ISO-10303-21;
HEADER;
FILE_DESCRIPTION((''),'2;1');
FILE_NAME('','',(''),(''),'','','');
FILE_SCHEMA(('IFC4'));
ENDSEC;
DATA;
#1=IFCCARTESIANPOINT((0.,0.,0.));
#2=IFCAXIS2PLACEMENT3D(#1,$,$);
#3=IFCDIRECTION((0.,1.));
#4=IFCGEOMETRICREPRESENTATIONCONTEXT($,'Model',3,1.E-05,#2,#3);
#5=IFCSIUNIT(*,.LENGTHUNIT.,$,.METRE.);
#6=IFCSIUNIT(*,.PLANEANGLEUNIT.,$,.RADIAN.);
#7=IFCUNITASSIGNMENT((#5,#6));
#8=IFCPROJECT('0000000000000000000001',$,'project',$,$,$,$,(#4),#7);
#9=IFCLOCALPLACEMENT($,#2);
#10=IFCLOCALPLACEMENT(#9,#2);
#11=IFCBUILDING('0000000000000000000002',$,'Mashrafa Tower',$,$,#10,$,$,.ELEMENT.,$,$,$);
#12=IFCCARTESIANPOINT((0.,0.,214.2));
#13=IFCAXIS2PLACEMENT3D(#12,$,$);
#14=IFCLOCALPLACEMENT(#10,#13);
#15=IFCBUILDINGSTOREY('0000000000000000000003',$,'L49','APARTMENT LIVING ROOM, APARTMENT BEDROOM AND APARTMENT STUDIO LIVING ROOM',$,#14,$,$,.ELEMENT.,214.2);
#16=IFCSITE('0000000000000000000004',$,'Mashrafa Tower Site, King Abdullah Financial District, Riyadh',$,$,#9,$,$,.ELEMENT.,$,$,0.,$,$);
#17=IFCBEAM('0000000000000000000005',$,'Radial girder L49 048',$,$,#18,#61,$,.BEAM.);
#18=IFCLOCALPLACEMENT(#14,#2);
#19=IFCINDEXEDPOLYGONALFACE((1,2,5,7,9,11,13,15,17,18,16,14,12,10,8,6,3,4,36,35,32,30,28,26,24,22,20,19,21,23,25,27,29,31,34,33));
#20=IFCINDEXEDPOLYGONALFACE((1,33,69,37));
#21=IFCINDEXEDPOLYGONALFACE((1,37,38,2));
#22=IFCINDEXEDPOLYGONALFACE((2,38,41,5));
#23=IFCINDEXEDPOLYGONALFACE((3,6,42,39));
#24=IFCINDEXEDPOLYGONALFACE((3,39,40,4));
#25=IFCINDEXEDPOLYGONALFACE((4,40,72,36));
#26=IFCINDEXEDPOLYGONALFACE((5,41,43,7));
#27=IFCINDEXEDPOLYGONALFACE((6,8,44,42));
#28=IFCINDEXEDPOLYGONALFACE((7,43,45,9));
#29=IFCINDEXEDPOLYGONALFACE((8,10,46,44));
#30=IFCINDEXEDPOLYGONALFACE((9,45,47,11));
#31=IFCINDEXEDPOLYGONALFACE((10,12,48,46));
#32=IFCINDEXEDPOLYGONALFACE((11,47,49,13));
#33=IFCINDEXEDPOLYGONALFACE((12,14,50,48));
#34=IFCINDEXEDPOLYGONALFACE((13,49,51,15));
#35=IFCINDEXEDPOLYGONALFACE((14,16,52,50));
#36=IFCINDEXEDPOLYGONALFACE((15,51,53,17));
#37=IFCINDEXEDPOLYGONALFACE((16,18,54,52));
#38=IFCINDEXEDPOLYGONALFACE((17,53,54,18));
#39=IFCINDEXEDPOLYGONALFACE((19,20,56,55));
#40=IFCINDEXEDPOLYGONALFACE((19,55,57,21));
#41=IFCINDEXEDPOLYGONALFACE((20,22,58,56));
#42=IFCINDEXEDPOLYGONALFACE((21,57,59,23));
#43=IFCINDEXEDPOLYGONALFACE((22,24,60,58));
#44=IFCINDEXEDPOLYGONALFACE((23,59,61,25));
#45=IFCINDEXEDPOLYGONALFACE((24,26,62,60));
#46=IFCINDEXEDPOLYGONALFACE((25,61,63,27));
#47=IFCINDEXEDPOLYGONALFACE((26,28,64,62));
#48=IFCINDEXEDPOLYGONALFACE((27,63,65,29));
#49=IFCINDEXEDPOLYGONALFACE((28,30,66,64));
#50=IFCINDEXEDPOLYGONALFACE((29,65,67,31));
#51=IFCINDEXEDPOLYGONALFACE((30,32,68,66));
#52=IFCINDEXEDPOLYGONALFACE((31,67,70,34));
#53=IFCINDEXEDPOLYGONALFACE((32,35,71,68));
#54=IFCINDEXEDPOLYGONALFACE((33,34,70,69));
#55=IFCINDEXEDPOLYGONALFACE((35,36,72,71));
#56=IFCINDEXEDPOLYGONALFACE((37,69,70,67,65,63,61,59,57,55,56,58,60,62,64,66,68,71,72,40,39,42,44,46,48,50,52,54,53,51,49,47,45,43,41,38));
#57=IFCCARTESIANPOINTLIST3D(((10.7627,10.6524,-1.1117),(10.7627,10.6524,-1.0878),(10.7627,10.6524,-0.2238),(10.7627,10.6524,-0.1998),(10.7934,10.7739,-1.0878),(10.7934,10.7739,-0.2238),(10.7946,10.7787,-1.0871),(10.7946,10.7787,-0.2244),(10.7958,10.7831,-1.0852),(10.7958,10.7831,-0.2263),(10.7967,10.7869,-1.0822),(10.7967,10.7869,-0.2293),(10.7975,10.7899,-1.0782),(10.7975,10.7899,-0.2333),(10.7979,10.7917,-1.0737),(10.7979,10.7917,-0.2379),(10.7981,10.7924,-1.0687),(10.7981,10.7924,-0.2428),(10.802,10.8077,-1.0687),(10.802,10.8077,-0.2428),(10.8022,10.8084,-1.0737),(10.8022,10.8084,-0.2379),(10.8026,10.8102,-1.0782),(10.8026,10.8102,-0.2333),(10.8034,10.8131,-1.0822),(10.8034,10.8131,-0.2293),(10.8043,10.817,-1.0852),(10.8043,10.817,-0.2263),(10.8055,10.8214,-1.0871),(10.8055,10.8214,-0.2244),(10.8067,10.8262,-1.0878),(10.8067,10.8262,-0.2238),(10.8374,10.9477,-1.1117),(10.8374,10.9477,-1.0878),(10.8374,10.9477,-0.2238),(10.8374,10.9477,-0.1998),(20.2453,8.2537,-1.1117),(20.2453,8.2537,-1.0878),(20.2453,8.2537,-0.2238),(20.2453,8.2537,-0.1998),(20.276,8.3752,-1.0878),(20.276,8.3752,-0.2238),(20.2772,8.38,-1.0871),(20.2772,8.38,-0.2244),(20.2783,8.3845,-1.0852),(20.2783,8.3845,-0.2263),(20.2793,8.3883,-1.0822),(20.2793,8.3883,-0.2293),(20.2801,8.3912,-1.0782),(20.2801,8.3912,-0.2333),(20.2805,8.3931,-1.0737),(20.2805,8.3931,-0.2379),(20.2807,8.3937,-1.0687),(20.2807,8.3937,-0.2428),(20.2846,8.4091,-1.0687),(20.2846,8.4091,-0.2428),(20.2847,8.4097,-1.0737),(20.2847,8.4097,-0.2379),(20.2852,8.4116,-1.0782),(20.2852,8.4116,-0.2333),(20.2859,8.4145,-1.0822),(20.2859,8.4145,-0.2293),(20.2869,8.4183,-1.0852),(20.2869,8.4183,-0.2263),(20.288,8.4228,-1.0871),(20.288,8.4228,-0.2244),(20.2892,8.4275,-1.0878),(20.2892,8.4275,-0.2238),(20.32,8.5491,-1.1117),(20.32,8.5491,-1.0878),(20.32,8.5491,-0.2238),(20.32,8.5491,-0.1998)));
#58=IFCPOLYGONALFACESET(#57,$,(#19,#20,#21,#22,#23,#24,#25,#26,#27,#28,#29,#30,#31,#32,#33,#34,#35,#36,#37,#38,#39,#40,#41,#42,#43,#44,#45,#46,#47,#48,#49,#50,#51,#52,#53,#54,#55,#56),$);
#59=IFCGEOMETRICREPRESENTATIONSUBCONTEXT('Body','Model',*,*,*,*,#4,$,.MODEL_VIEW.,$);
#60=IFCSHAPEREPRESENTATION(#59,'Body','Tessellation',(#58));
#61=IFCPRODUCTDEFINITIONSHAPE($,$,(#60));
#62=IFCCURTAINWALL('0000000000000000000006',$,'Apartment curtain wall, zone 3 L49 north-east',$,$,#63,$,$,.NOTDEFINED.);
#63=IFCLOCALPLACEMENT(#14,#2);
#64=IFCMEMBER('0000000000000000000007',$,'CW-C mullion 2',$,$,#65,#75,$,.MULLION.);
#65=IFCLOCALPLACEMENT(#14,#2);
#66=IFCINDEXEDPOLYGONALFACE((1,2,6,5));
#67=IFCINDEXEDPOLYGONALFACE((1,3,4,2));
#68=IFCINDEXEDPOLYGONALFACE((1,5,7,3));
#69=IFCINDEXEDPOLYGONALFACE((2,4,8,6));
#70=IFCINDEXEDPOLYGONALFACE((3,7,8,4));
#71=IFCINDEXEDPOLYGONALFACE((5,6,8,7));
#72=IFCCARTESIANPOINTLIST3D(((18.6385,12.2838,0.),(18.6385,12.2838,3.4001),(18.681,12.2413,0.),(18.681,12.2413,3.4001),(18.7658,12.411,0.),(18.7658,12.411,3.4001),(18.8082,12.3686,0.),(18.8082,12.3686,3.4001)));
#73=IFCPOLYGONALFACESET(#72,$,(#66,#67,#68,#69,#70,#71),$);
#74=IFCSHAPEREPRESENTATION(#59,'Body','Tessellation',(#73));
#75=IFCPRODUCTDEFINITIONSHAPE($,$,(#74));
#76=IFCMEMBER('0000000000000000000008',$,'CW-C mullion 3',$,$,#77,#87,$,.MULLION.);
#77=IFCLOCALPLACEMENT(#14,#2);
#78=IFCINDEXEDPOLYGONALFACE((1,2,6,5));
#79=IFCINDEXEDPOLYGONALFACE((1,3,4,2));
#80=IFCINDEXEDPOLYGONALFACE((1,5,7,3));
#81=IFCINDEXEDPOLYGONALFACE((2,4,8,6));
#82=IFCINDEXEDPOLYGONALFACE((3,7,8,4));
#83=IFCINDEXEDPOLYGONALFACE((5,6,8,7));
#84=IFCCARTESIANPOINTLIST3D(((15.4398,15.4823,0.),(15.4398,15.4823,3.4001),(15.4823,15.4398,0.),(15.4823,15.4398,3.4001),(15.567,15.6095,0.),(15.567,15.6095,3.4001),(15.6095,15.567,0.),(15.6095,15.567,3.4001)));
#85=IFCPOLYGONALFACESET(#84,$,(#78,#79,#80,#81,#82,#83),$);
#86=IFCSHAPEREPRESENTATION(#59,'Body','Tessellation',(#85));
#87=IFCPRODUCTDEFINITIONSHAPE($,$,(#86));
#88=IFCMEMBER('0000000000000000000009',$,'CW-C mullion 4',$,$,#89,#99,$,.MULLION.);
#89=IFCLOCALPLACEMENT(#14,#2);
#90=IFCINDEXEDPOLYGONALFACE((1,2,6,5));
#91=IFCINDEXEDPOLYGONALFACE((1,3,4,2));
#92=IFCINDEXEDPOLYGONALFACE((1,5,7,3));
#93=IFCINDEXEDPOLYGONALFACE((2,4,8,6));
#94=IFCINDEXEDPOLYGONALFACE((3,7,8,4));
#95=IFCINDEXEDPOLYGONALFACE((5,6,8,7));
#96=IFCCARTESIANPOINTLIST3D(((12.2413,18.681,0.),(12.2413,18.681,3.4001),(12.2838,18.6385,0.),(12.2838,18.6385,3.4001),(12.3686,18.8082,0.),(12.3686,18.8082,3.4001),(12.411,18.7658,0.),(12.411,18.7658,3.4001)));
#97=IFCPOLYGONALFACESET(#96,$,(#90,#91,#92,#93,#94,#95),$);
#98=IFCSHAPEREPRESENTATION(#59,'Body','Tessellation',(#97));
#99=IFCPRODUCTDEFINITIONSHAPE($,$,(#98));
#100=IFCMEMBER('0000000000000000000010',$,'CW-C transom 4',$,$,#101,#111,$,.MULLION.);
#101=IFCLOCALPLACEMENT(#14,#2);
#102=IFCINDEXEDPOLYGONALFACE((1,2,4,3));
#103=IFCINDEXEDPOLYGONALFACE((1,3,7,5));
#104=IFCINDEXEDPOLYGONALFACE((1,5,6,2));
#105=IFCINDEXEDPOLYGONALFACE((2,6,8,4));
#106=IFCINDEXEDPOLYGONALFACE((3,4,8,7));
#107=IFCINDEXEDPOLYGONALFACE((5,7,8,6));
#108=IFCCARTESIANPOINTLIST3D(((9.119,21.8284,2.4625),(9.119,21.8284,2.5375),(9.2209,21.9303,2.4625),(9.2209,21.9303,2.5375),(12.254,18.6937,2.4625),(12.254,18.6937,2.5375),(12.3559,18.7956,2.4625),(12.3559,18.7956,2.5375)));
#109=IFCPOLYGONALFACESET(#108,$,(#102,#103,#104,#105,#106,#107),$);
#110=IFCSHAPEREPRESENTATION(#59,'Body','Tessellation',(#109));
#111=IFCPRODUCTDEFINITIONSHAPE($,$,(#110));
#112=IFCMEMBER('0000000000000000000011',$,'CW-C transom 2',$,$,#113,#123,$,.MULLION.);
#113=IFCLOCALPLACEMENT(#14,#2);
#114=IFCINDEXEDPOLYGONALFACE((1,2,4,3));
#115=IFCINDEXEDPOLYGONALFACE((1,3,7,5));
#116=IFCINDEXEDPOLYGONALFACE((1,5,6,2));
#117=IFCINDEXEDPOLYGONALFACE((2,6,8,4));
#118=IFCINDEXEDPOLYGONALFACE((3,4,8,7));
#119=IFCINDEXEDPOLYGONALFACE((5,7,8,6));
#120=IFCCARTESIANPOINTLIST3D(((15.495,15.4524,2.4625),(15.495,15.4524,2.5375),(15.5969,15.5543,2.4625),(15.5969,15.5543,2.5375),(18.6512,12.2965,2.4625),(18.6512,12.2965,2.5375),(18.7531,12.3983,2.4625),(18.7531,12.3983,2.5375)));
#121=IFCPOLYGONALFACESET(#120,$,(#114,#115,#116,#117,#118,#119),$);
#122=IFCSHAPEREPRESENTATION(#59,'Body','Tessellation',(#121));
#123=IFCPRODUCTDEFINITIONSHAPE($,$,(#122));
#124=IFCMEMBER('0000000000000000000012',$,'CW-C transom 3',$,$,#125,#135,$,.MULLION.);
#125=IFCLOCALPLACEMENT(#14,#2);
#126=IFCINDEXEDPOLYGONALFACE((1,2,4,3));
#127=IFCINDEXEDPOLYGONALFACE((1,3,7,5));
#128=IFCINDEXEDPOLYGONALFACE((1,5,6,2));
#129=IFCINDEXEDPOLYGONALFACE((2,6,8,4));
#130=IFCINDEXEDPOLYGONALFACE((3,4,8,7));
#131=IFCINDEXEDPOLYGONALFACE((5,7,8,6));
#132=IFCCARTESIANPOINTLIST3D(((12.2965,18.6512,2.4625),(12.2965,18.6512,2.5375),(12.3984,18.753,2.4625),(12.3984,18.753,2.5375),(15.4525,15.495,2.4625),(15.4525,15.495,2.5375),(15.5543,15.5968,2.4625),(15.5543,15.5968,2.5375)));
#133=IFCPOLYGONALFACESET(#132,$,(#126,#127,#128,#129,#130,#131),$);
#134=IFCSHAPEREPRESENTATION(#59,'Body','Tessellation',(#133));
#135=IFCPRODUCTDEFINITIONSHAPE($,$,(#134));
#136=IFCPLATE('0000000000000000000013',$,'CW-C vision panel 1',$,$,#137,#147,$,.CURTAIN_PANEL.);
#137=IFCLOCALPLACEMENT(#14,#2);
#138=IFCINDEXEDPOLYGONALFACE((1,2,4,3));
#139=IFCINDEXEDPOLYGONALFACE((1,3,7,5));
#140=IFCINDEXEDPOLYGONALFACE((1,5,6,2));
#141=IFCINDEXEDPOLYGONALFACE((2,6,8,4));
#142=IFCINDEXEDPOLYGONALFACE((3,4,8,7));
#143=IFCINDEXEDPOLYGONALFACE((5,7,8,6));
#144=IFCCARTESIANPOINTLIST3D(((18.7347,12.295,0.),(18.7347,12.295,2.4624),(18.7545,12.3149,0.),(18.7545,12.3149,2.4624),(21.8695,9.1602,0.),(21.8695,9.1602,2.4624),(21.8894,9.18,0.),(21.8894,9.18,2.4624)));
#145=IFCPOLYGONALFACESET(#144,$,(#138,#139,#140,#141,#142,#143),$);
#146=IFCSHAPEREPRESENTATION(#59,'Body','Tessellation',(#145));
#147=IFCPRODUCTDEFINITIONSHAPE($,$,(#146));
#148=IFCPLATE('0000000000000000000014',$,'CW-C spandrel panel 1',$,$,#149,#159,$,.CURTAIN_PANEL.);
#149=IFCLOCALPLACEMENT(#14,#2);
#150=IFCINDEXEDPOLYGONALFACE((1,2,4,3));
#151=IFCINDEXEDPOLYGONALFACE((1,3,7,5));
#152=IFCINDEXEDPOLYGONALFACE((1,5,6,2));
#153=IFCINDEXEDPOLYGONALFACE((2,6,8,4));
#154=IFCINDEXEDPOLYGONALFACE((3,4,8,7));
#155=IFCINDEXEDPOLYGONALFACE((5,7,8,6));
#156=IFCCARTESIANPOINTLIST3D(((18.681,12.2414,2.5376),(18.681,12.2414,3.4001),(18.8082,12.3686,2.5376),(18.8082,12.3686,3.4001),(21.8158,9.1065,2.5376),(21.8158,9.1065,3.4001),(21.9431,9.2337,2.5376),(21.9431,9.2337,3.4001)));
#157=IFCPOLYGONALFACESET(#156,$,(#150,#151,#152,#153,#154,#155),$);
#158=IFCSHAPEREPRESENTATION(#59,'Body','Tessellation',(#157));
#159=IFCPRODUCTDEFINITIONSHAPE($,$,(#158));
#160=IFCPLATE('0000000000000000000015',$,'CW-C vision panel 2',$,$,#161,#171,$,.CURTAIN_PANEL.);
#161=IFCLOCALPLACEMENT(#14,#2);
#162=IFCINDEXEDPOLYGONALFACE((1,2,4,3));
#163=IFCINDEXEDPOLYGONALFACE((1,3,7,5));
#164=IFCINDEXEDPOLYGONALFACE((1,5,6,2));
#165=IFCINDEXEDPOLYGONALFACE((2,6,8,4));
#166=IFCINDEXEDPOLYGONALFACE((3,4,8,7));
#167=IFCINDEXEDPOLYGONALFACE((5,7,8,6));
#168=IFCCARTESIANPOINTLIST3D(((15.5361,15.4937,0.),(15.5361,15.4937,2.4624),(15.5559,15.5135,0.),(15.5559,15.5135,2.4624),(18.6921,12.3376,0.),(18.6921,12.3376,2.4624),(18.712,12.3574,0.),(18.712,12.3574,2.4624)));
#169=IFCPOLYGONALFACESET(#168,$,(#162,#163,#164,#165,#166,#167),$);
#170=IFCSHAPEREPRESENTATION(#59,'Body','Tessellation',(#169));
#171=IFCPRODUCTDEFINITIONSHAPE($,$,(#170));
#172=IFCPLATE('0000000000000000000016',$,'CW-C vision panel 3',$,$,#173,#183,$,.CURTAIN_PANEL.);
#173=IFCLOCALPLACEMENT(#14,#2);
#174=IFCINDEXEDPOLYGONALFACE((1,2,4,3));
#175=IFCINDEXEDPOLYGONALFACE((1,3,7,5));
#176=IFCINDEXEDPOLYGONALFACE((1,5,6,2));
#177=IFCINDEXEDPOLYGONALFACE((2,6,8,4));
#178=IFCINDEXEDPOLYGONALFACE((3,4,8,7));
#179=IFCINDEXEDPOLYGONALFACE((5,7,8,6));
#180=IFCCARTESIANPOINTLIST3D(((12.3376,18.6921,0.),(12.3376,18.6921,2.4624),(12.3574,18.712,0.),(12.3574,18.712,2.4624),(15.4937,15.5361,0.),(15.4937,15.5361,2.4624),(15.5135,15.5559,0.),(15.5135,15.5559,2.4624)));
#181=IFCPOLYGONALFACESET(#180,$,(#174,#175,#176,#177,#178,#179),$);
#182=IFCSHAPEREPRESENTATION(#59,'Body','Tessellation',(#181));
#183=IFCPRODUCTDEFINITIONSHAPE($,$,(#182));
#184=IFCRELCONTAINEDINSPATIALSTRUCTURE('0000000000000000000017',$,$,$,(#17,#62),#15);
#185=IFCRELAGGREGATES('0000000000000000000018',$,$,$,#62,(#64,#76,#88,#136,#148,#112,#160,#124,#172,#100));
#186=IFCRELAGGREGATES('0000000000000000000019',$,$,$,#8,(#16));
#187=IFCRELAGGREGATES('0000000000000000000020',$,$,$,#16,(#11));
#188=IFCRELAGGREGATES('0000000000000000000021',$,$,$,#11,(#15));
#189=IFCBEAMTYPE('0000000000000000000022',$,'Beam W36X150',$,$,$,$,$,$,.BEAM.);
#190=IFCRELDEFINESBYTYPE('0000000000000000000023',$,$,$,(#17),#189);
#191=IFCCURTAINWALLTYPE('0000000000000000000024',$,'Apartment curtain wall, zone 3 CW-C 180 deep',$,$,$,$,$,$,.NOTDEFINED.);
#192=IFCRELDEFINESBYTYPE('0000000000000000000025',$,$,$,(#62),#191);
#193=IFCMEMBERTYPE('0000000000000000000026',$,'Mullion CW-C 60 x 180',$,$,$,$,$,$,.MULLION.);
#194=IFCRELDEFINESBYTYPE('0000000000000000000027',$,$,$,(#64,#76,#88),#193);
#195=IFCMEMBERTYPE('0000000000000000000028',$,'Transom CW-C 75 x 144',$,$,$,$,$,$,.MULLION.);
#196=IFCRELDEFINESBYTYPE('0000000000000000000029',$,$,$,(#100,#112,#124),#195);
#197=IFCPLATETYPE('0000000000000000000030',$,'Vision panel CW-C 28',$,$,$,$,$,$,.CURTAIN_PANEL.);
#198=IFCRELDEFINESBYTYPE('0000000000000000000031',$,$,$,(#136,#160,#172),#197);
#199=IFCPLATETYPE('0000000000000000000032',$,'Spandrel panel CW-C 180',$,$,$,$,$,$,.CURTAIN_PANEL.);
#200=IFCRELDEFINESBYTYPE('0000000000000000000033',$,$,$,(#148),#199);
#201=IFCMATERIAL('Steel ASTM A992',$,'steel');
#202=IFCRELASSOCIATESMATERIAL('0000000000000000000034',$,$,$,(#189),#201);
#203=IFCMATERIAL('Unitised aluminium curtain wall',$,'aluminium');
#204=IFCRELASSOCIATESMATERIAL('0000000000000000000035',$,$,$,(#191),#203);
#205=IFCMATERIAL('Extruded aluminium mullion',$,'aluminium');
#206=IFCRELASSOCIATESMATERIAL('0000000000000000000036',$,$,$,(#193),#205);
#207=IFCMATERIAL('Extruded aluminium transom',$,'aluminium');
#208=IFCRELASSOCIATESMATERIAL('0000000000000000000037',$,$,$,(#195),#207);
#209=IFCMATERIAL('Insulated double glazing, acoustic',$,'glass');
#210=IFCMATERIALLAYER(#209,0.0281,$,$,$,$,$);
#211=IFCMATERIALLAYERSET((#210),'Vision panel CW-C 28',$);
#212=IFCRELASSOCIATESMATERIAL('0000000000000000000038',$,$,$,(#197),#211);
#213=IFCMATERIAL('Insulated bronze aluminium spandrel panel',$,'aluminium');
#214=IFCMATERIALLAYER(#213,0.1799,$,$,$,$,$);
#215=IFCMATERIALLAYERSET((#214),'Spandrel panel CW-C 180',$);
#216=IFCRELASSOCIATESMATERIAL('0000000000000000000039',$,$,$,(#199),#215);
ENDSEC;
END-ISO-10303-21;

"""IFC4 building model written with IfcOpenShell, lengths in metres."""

from ifc_helpers import new_model, si_unit, direction, frame, origin, origin_2d, place, context, subcontext, project, spatial, rectangle, i_section, extrude, source, transform, mapped, material, layer, layer_set, material_profile, profile_set, type_object, type_shapes, element, aggregate, save


model = new_model("IFC4")

# Units and contexts
model_context = context("Model", 3, precision=1e-05, world=origin(), true_north=direction((0.0, 1.0)))
body_context = subcontext(model_context, "Body", "Model", "MODEL_VIEW")
ifc_project = project(units=[si_unit("LENGTHUNIT", "METRE"), si_unit("PLANEANGLEUNIT", "RADIAN")], contexts=[model_context])

# Site, building, storey
site_placement = place(None, origin())
site = spatial("IfcSite", under=ifc_project, at=site_placement, Name="Mashrafa Tower Site, King Abdullah Financial District, Riyadh", CompositionType="ELEMENT", RefElevation=0.0)
building_placement = place(site_placement, origin())
building = spatial("IfcBuilding", under=site, at=building_placement, Name="Mashrafa Tower", CompositionType="ELEMENT")
storey_placement = place(building_placement, frame((0.0, 0.0, 214.2)))
storey = spatial("IfcBuildingStorey", under=building, at=storey_placement, Name="L49", Description="APARTMENT LIVING ROOM, APARTMENT BEDROOM AND APARTMENT STUDIO LIVING ROOM", CompositionType="ELEMENT", Elevation=214.2)

# Beam
ifc_material_1 = material(Name="Steel ASTM A992", Category="steel")
ifc_material_profile_1 = material_profile(ifc_material_1, i_section(OverallWidth=0.3047, OverallDepth=0.9119, WebThickness=0.0159, FlangeThickness=0.0239, FilletRadius=0.019, at=origin_2d()), Name="W36X150")
ifc_profile_set_1 = profile_set([ifc_material_profile_1], Name="Steel ASTM A992")
beam_type_1 = type_object("IfcBeamType", Name="Beam W36X150", PredefinedType="BEAM", material=ifc_profile_set_1)
beam_1_placement = place(storey_placement, frame((10.8, 10.8, -0.6558), z_axis=(0.969465, -0.24523, 0.0), x_axis=(0.24523, 0.969465, 0.0)))
element("IfcBeam", 1, at=beam_1_placement, inside=storey, type_object=beam_type_1, Name="Radial girder L49 048", PredefinedType="BEAM", context=body_context, shape_type="SweptSolid", body=[
    extrude(i_section(OverallWidth=0.3047, OverallDepth=0.9119, WebThickness=0.0159, FlangeThickness=0.0239, FilletRadius=0.019, at=origin_2d()), origin(), (0.0, 0.0, 1.0), 9.7812),
])

# Curtain wall, members, plates
ifc_material_2 = material(Name="Unitised aluminium curtain wall", Category="aluminium")
curtain_wall_type = type_object("IfcCurtainWallType", Name="Apartment curtain wall, zone 3 CW-C 180 deep", PredefinedType="NOTDEFINED", material=ifc_material_2)
curtain_wall_placement = place(storey_placement, origin())
curtain_wall = element("IfcCurtainWall", 2, at=curtain_wall_placement, inside=storey, type_object=curtain_wall_type, Name="Apartment curtain wall, zone 3 L49 north-east", PredefinedType="NOTDEFINED")
ifc_material_3 = material(Name="Extruded aluminium mullion", Category="aluminium")
ifc_material_profile_2 = material_profile(ifc_material_3, rectangle(XDim=0.1799, YDim=0.0601, at=origin_2d()), Name="Mullion 60x180")
ifc_profile_set_2 = profile_set([ifc_material_profile_2], Name="Extruded aluminium mullion")
member_type_1 = type_object("IfcMemberType", Name="Mullion CW-C 60 x 180", PredefinedType="MULLION", material=ifc_profile_set_2)
shared_shape_1 = source(origin(), body_context, "Body", "SweptSolid", [
    extrude(rectangle(XDim=0.1799, YDim=0.0601, at=origin_2d()), origin(), (0.0, 0.0, 1.0), 3.4001),
])
type_shapes(member_type_1, [shared_shape_1])
member_1_placement = place(storey_placement, frame((18.7234, 12.3262, 0.0), z_axis=(0.0, 0.0, 1.0), x_axis=(-0.707107, -0.707107, 0.0)))
member_1 = element("IfcMember", 3, at=member_1_placement, type_object=member_type_1, Name="CW-C mullion 2", PredefinedType="MULLION", context=body_context, shape_type="MappedRepresentation", body=[
    mapped(shared_shape_1, transform((0.0, 0.0, 0.0))),
])
member_2_placement = place(storey_placement, frame((15.5247, 15.5247, 0.0), z_axis=(0.0, 0.0, 1.0), x_axis=(-0.707107, -0.707107, 0.0)))
member_2 = element("IfcMember", 4, at=member_2_placement, type_object=member_type_1, Name="CW-C mullion 3", PredefinedType="MULLION", context=body_context, shape_type="MappedRepresentation", body=[
    mapped(shared_shape_1, transform((0.0, 0.0, 0.0))),
])
member_3_placement = place(storey_placement, frame((12.3262, 18.7234, 0.0), z_axis=(0.0, 0.0, 1.0), x_axis=(-0.707107, -0.707107, 0.0)))
member_3 = element("IfcMember", 5, at=member_3_placement, type_object=member_type_1, Name="CW-C mullion 4", PredefinedType="MULLION", context=body_context, shape_type="MappedRepresentation", body=[
    mapped(shared_shape_1, transform((0.0, 0.0, 0.0))),
])
ifc_material_4 = material(Name="Extruded aluminium transom", Category="aluminium")
ifc_material_profile_3 = material_profile(ifc_material_4, rectangle(XDim=0.144, YDim=0.075, at=origin_2d()), Name="Transom 75x144")
ifc_profile_set_3 = profile_set([ifc_material_profile_3], Name="Extruded aluminium transom")
member_type_2 = type_object("IfcMemberType", Name="Transom CW-C 75 x 144", PredefinedType="MULLION", material=ifc_profile_set_3)
shared_shape_2 = source(origin(), body_context, "Body", "SweptSolid", [
    extrude(rectangle(XDim=0.144, YDim=0.075, at=origin_2d()), origin(), (0.0, 0.0, 1.0), 4.4333),
])
member_4_placement = place(storey_placement, frame((12.3049, 18.7446, 2.5), z_axis=(-0.707134, 0.707079, 0.0), x_axis=(-0.707079, -0.707134, 0.0)))
member_4 = element("IfcMember", 6, at=member_4_placement, type_object=member_type_2, Name="CW-C transom 4", PredefinedType="MULLION", context=body_context, shape_type="MappedRepresentation", body=[
    mapped(shared_shape_2, transform((0.0, 0.0, 0.0))),
])
shared_shape_3 = source(origin(), body_context, "Body", "SweptSolid", [
    extrude(rectangle(XDim=0.144, YDim=0.075, at=origin_2d()), origin(), (0.0, 0.0, 1.0), 4.4634),
])
type_shapes(member_type_2, [shared_shape_2, shared_shape_3])
member_5_placement = place(storey_placement, frame((18.7021, 12.3474, 2.5), z_axis=(-0.707134, 0.707079, 0.0), x_axis=(-0.707079, -0.707134, 0.0)))
member_5 = element("IfcMember", 7, at=member_5_placement, type_object=member_type_2, Name="CW-C transom 2", PredefinedType="MULLION", context=body_context, shape_type="MappedRepresentation", body=[
    mapped(shared_shape_3, transform((0.0, 0.0, 0.0))),
])
member_6_placement = place(storey_placement, frame((15.5034, 15.5459, 2.5), z_axis=(-0.707079, 0.707134, 0.0), x_axis=(-0.707134, -0.707079, 0.0)))
member_6 = element("IfcMember", 8, at=member_6_placement, type_object=member_type_2, Name="CW-C transom 3", PredefinedType="MULLION", context=body_context, shape_type="MappedRepresentation", body=[
    mapped(shared_shape_3, transform((0.0, 0.0, 0.0))),
])
ifc_material_5 = material(Name="Insulated double glazing, acoustic", Category="glass")
ifc_layer_1 = layer(ifc_material_5, 0.0281)
ifc_layer_set_1 = layer_set([ifc_layer_1], Name="Vision panel CW-C 28")
plate_type_1 = type_object("IfcPlateType", Name="Vision panel CW-C 28", PredefinedType="CURTAIN_PANEL", material=ifc_layer_set_1)
shared_shape_4 = source(origin(), body_context, "Body", "SweptSolid", [
    extrude(rectangle(XDim=4.4333, YDim=0.0281, at=origin_2d()), origin(), (0.0, 0.0, 1.0), 2.4624),
])
plate_1_placement = place(storey_placement, frame((20.312, 10.7375, 0.0), z_axis=(0.0, 0.0, 1.0), x_axis=(-0.707107, 0.707107, 0.0)))
plate_1 = element("IfcPlate", 9, at=plate_1_placement, type_object=plate_type_1, Name="CW-C vision panel 1", PredefinedType="CURTAIN_PANEL", context=body_context, shape_type="MappedRepresentation", body=[
    mapped(shared_shape_4, transform((0.0, 0.0, 0.0))),
])
ifc_material_6 = material(Name="Insulated bronze aluminium spandrel panel", Category="aluminium")
ifc_layer_2 = layer(ifc_material_6, 0.1799)
ifc_layer_set_2 = layer_set([ifc_layer_2], Name="Spandrel panel CW-C 180")
plate_type_2 = type_object("IfcPlateType", Name="Spandrel panel CW-C 180", PredefinedType="CURTAIN_PANEL", material=ifc_layer_set_2)
shared_shape_5 = source(origin(), body_context, "Body", "SweptSolid", [
    extrude(rectangle(XDim=4.4333, YDim=0.1799, at=origin_2d()), origin(), (0.0, 0.0, 1.0), 0.8625),
])
plate_2_placement = place(storey_placement, frame((20.312, 10.7375, 2.5376), z_axis=(0.0, 0.0, 1.0), x_axis=(-0.707107, 0.707107, 0.0)))
plate_2 = element("IfcPlate", 10, at=plate_2_placement, type_object=plate_type_2, Name="CW-C spandrel panel 1", PredefinedType="CURTAIN_PANEL", context=body_context, shape_type="MappedRepresentation", body=[
    mapped(shared_shape_5, transform((0.0, 0.0, 0.0))),
])
shared_shape_6 = source(origin(), body_context, "Body", "SweptSolid", [
    extrude(rectangle(XDim=4.4634, YDim=0.0281, at=origin_2d()), origin(), (0.0, 0.0, 1.0), 2.4624),
])
type_shapes(plate_type_1, [shared_shape_4, shared_shape_6])
plate_3_placement = place(storey_placement, frame((17.124, 13.9255, 0.0), z_axis=(0.0, 0.0, 1.0), x_axis=(-0.707107, 0.707107, 0.0)))
plate_3 = element("IfcPlate", 11, at=plate_3_placement, type_object=plate_type_1, Name="CW-C vision panel 2", PredefinedType="CURTAIN_PANEL", context=body_context, shape_type="MappedRepresentation", body=[
    mapped(shared_shape_6, transform((0.0, 0.0, 0.0))),
])
plate_4_placement = place(storey_placement, frame((13.9255, 17.124, 0.0), z_axis=(0.0, 0.0, 1.0), x_axis=(-0.707107, 0.707107, 0.0)))
plate_4 = element("IfcPlate", 12, at=plate_4_placement, type_object=plate_type_1, Name="CW-C vision panel 3", PredefinedType="CURTAIN_PANEL", context=body_context, shape_type="MappedRepresentation", body=[
    mapped(shared_shape_6, transform((0.0, 0.0, 0.0))),
])
aggregate(curtain_wall, [member_1, member_2, member_3, plate_1, plate_2, member_5, plate_3, member_6, plate_4, member_4])

save(model, "model.ifc")
